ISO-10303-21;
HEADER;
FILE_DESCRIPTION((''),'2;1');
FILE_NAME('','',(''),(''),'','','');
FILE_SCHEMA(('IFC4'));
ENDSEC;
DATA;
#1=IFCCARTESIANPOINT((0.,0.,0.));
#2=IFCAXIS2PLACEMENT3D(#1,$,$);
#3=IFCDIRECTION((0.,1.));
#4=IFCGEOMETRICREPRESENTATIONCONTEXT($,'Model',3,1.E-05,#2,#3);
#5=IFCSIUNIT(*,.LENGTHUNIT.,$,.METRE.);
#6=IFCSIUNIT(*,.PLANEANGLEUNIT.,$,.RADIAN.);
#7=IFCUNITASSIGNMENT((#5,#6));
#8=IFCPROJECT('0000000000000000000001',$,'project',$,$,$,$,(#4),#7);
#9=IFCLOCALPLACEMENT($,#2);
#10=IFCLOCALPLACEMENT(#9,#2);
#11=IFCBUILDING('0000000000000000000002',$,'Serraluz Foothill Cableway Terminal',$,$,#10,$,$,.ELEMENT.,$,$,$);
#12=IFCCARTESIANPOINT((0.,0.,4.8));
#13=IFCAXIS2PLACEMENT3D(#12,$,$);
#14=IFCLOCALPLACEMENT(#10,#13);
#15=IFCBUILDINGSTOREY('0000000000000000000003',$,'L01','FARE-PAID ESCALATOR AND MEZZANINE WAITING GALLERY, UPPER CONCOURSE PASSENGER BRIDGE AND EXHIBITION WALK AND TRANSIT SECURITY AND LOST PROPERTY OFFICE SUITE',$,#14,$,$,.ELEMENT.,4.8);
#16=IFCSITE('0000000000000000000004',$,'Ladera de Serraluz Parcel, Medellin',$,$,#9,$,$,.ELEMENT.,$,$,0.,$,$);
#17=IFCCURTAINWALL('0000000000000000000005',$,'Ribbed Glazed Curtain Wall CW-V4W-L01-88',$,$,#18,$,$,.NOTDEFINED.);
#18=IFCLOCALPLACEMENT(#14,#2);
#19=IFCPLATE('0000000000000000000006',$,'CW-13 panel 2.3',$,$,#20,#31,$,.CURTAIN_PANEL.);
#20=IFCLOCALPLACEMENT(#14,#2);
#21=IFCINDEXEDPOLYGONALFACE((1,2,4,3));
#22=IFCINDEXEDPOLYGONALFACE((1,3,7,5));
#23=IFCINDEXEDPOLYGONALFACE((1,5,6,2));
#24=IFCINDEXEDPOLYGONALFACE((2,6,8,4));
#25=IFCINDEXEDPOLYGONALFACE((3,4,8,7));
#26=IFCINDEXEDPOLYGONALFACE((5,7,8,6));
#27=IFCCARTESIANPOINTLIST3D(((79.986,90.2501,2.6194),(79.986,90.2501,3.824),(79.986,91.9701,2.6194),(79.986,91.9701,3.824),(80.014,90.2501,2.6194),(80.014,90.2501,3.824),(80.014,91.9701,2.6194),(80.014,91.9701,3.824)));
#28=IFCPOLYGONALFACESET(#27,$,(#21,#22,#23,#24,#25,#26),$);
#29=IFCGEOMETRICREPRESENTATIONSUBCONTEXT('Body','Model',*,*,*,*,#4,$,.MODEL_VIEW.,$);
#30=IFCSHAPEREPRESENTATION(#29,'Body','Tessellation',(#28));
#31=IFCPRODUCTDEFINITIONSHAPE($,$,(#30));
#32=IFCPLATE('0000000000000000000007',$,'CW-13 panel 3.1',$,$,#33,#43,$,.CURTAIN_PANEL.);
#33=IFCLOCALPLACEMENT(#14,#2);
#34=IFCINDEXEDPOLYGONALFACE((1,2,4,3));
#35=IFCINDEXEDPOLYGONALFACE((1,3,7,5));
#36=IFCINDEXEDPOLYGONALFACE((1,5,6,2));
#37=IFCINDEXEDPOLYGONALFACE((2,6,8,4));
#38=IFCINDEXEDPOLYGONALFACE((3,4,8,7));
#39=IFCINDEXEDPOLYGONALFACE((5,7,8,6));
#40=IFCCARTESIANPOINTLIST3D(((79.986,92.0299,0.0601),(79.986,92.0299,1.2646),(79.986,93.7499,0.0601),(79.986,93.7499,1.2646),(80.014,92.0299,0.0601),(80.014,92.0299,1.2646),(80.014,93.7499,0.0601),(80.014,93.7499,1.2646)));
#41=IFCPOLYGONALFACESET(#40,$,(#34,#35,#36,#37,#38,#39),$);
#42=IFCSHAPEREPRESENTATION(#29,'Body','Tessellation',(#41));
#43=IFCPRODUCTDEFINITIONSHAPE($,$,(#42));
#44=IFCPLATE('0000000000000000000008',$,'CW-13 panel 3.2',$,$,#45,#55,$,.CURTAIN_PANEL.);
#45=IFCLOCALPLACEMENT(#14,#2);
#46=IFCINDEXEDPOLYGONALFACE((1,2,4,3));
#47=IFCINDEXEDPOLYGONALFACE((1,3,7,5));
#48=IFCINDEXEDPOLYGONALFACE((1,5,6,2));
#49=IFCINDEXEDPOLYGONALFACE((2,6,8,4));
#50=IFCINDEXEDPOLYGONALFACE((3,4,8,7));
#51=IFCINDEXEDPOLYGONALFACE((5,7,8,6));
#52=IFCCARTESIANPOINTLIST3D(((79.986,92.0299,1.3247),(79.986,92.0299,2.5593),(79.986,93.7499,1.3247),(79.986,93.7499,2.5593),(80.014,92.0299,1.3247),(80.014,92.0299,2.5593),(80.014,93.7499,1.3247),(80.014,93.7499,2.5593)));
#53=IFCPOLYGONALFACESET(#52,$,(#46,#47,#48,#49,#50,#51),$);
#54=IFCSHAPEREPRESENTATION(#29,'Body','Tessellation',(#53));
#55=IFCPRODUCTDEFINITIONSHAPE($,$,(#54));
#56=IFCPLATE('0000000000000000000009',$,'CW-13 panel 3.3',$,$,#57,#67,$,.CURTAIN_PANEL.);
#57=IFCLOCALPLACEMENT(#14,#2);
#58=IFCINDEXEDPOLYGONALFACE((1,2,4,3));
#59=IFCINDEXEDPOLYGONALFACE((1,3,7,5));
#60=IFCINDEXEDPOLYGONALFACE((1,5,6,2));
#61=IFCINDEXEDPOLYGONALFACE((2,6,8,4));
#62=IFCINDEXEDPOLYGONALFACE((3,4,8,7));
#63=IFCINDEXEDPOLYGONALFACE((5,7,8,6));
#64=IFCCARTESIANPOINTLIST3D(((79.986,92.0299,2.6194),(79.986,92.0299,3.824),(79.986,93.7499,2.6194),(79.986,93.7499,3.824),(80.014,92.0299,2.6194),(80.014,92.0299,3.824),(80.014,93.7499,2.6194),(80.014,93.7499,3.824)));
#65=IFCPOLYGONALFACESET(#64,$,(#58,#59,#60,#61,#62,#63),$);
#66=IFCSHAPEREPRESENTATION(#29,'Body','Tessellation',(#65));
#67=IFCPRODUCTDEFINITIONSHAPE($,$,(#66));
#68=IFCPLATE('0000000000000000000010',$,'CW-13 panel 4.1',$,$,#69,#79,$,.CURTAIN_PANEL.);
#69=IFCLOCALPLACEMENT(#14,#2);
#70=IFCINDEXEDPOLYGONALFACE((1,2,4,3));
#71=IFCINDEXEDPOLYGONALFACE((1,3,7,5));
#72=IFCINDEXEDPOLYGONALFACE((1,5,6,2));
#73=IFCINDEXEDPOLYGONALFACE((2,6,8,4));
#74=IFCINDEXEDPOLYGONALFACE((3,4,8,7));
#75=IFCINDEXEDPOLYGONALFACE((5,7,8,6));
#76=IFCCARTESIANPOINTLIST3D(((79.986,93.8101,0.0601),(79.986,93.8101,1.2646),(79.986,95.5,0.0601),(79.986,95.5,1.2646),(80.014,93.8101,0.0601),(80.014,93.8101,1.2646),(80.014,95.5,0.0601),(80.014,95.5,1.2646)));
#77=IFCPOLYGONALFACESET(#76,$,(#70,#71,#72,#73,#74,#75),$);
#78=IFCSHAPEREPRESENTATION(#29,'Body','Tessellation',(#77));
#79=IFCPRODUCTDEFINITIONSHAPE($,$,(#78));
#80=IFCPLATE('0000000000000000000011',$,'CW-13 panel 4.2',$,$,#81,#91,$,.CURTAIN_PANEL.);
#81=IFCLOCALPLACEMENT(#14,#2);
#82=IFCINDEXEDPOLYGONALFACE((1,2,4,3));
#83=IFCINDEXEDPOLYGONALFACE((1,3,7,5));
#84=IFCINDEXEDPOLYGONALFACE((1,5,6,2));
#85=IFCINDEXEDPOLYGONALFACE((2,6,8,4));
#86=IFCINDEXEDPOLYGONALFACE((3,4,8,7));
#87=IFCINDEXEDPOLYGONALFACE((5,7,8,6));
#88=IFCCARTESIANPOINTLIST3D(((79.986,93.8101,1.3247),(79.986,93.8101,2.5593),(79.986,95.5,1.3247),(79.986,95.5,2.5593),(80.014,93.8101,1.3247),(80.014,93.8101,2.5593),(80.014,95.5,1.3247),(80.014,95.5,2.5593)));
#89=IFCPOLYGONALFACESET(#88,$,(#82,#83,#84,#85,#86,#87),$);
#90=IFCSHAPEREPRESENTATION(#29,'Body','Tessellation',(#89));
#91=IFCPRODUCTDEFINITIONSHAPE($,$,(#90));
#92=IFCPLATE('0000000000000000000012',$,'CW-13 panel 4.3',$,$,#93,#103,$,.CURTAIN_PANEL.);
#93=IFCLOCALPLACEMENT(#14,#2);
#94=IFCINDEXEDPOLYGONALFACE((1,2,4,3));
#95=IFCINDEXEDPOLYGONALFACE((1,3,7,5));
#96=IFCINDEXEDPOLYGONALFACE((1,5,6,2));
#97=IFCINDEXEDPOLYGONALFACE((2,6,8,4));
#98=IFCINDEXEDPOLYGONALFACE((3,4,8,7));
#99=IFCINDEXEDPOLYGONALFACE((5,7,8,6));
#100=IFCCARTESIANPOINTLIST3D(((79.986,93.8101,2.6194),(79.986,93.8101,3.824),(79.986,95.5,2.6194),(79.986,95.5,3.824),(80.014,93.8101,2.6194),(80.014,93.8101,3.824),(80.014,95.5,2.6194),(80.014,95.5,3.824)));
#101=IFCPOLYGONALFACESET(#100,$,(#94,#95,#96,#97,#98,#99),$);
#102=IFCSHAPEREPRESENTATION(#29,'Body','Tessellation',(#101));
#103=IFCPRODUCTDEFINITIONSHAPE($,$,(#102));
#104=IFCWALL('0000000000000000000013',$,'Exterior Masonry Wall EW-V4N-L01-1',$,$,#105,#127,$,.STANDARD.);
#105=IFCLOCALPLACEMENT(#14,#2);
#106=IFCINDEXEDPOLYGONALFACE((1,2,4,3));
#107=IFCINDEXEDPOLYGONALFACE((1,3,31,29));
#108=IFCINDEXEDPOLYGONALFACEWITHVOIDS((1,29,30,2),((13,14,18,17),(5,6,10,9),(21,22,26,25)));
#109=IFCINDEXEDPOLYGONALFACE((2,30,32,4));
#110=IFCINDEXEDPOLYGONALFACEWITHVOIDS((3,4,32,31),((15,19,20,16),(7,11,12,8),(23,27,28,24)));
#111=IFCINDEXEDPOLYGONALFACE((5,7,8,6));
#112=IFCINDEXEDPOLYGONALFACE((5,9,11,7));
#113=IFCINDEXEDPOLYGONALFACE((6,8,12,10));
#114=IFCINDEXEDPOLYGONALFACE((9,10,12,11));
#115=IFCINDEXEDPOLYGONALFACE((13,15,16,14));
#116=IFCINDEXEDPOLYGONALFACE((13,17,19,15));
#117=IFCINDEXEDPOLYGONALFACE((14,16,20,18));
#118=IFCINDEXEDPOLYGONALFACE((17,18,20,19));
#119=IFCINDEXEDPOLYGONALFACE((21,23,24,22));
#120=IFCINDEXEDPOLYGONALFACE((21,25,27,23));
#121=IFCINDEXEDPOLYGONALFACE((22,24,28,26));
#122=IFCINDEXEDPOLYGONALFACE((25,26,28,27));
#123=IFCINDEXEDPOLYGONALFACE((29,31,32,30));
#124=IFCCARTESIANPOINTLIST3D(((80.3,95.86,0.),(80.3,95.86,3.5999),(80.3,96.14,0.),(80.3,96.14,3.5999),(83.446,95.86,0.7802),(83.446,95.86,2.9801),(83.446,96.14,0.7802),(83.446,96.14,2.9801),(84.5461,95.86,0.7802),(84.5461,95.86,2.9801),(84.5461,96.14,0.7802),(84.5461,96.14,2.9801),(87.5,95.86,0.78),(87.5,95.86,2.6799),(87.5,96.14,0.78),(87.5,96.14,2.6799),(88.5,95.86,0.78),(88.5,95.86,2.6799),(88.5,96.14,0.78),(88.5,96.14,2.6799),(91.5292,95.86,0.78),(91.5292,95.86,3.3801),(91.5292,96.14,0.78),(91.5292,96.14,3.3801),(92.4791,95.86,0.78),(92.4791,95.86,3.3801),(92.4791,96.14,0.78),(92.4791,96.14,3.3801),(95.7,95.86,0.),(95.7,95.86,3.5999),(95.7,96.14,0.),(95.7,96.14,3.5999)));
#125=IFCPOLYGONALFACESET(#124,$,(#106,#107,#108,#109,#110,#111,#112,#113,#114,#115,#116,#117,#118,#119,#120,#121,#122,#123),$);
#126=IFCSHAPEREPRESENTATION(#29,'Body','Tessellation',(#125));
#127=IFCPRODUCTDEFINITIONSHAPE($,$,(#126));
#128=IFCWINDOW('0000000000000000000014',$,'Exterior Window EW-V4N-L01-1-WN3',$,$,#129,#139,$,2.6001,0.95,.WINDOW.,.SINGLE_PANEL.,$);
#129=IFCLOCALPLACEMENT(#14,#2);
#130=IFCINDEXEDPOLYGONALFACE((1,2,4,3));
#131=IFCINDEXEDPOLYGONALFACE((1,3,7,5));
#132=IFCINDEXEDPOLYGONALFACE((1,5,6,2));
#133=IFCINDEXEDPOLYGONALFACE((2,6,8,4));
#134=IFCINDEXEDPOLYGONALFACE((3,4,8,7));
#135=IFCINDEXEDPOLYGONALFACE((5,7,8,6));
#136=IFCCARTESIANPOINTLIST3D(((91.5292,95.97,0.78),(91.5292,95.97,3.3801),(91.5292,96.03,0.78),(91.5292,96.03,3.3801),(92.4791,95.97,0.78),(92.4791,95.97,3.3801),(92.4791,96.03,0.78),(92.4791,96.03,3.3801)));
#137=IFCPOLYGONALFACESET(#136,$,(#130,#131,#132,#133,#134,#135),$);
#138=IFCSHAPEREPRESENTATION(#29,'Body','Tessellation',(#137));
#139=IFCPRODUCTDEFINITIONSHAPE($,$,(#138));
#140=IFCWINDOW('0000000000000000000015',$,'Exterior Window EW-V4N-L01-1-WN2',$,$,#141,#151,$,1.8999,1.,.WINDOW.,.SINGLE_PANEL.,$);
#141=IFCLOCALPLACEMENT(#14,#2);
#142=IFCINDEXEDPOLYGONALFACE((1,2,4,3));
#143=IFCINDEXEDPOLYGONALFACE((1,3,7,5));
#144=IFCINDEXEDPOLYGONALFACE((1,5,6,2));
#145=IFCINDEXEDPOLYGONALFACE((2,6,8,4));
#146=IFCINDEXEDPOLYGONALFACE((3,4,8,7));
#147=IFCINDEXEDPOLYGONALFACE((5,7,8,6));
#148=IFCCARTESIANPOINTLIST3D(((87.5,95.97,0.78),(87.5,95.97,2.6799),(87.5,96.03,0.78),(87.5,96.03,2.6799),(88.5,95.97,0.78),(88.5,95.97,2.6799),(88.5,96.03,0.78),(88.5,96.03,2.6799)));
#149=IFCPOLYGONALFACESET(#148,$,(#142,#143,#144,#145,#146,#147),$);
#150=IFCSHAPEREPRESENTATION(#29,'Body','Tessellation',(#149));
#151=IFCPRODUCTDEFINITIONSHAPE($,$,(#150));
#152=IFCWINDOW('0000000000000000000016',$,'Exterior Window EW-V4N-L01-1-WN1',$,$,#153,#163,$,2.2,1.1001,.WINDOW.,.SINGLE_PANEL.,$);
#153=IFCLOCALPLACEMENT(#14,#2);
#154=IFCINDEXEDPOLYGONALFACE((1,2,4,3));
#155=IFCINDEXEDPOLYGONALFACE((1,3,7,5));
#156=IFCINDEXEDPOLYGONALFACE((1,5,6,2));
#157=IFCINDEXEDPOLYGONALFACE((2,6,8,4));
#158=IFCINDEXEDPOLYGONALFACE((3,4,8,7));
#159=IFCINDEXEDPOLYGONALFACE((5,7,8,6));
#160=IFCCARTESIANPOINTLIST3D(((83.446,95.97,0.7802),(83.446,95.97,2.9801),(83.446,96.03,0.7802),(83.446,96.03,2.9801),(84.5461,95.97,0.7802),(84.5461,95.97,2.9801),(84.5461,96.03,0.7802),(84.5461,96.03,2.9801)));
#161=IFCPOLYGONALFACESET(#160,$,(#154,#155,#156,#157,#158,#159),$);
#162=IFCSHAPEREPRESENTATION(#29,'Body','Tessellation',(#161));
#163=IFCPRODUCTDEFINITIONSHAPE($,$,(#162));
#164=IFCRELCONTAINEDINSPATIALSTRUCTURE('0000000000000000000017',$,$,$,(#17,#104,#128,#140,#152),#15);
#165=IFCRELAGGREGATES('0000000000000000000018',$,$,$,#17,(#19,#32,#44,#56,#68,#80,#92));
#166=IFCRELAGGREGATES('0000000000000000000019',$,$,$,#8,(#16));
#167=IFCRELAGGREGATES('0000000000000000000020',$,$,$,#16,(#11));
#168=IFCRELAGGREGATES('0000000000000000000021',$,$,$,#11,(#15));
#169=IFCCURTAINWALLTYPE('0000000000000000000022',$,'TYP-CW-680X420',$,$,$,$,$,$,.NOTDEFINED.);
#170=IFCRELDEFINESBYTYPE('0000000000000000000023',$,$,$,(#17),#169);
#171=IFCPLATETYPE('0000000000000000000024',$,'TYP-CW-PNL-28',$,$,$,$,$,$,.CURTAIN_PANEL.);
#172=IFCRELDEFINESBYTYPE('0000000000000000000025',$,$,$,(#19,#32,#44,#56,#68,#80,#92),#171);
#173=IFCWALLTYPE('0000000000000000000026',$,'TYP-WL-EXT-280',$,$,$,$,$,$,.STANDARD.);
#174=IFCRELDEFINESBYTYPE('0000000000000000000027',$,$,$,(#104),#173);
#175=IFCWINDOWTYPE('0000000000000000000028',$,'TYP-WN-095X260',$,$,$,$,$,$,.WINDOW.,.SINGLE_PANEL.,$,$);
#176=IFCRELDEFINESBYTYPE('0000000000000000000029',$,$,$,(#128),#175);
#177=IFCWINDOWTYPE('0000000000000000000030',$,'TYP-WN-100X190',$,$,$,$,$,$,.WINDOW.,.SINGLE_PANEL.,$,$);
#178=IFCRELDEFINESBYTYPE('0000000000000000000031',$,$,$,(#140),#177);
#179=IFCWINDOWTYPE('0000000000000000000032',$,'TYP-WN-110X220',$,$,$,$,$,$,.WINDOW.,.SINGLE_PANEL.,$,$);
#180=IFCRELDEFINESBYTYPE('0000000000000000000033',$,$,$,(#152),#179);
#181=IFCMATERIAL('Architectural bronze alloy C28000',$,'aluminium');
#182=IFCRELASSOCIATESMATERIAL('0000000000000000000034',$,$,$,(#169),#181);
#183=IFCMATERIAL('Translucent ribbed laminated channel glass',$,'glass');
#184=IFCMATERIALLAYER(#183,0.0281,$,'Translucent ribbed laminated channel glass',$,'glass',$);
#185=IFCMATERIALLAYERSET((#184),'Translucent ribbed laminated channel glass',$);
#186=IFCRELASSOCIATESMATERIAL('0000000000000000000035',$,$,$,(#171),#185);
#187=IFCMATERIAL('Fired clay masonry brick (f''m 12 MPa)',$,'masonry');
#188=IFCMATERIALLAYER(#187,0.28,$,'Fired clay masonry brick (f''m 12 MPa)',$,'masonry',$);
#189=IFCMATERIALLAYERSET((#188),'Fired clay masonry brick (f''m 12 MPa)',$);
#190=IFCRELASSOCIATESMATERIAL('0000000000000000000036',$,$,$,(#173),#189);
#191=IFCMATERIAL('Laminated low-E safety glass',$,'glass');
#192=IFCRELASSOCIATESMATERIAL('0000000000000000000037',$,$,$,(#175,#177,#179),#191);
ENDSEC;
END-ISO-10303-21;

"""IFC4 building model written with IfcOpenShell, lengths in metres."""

from ifc_helpers import new_model, si_unit, direction, frame, frame_2d, origin, origin_2d, place, context, subcontext, project, spatial, rectangle, extrude, material, layer, layer_set, type_object, element, fill, aggregate, save


model = new_model("IFC4")

# Units and contexts
model_context = context("Model", 3, precision=1e-05, world=origin(), true_north=direction((0.0, 1.0)))
body_context = subcontext(model_context, "Body", "Model", "MODEL_VIEW")
ifc_project = project(units=[si_unit("LENGTHUNIT", "METRE"), si_unit("PLANEANGLEUNIT", "RADIAN")], contexts=[model_context])

# Site, building, storey
site_placement = place(None, origin())
site = spatial("IfcSite", under=ifc_project, at=site_placement, Name="Ladera de Serraluz Parcel, Medellin", CompositionType="ELEMENT", RefElevation=0.0)
building_placement = place(site_placement, origin())
building = spatial("IfcBuilding", under=site, at=building_placement, Name="Serraluz Foothill Cableway Terminal", CompositionType="ELEMENT")
storey_placement = place(building_placement, frame((0.0, 0.0, 4.8)))
storey = spatial("IfcBuildingStorey", under=building, at=storey_placement, Name="L01", Description="FARE-PAID ESCALATOR AND MEZZANINE WAITING GALLERY, UPPER CONCOURSE PASSENGER BRIDGE AND EXHIBITION WALK AND TRANSIT SECURITY AND LOST PROPERTY OFFICE SUITE", CompositionType="ELEMENT", Elevation=4.8)

# Curtain wall
ifc_material_1 = material(Name="Architectural bronze alloy C28000", Category="aluminium")
curtain_wall_type = type_object("IfcCurtainWallType", Name="TYP-CW-680X420", PredefinedType="NOTDEFINED", material=ifc_material_1)
curtain_wall_placement = place(storey_placement, origin())
curtain_wall = element("IfcCurtainWall", 1, at=curtain_wall_placement, inside=storey, type_object=curtain_wall_type, Name="Ribbed Glazed Curtain Wall CW-V4W-L01-88", PredefinedType="NOTDEFINED")

# Plates
ifc_material_2 = material(Name="Translucent ribbed laminated channel glass", Category="glass")
ifc_layer_1 = layer(ifc_material_2, 0.0281, Name="Translucent ribbed laminated channel glass", Category="glass")
ifc_layer_set_1 = layer_set([ifc_layer_1], Name="Translucent ribbed laminated channel glass")
plate_type = type_object("IfcPlateType", Name="TYP-CW-PNL-28", PredefinedType="CURTAIN_PANEL", material=ifc_layer_set_1)
plate_1_placement = place(storey_placement, frame((80.0, 91.1101, 2.6194), z_axis=(0.0, 0.0, 1.0), x_axis=(0.0, 1.0, 0.0)))
plate_1 = element("IfcPlate", 2, at=plate_1_placement, type_object=plate_type, Name="CW-13 panel 2.3", PredefinedType="CURTAIN_PANEL", context=body_context, shape_type="SweptSolid", body=[
    extrude(rectangle(XDim=1.72, YDim=0.0281, at=origin_2d()), origin(), (0.0, 0.0, 1.0), 1.2046),
])
plate_2_placement = place(storey_placement, frame((80.0, 92.8899, 0.0601), z_axis=(0.0, 0.0, 1.0), x_axis=(0.0, 1.0, 0.0)))
plate_2 = element("IfcPlate", 3, at=plate_2_placement, type_object=plate_type, Name="CW-13 panel 3.1", PredefinedType="CURTAIN_PANEL", context=body_context, shape_type="SweptSolid", body=[
    extrude(rectangle(XDim=1.72, YDim=0.0281, at=origin_2d()), origin(), (0.0, 0.0, 1.0), 1.2046),
])
plate_3_placement = place(storey_placement, frame((80.0, 92.8899, 1.3247), z_axis=(0.0, 0.0, 1.0), x_axis=(0.0, 1.0, 0.0)))
plate_3 = element("IfcPlate", 4, at=plate_3_placement, type_object=plate_type, Name="CW-13 panel 3.2", PredefinedType="CURTAIN_PANEL", context=body_context, shape_type="SweptSolid", body=[
    extrude(rectangle(XDim=1.72, YDim=0.0281, at=origin_2d()), origin(), (0.0, 0.0, 1.0), 1.2346),
])
plate_4_placement = place(storey_placement, frame((80.0, 92.8899, 2.6194), z_axis=(0.0, 0.0, 1.0), x_axis=(0.0, 1.0, 0.0)))
plate_4 = element("IfcPlate", 5, at=plate_4_placement, type_object=plate_type, Name="CW-13 panel 3.3", PredefinedType="CURTAIN_PANEL", context=body_context, shape_type="SweptSolid", body=[
    extrude(rectangle(XDim=1.72, YDim=0.0281, at=origin_2d()), origin(), (0.0, 0.0, 1.0), 1.2046),
])
plate_5_placement = place(storey_placement, frame((80.0, 94.655, 0.0601), z_axis=(0.0, 0.0, 1.0), x_axis=(0.0, 1.0, 0.0)))
plate_5 = element("IfcPlate", 6, at=plate_5_placement, type_object=plate_type, Name="CW-13 panel 4.1", PredefinedType="CURTAIN_PANEL", context=body_context, shape_type="SweptSolid", body=[
    extrude(rectangle(XDim=1.6899, YDim=0.0281, at=origin_2d()), origin(), (0.0, 0.0, 1.0), 1.2046),
])
plate_6_placement = place(storey_placement, frame((80.0, 94.655, 1.3247), z_axis=(0.0, 0.0, 1.0), x_axis=(0.0, 1.0, 0.0)))
plate_6 = element("IfcPlate", 7, at=plate_6_placement, type_object=plate_type, Name="CW-13 panel 4.2", PredefinedType="CURTAIN_PANEL", context=body_context, shape_type="SweptSolid", body=[
    extrude(rectangle(XDim=1.6899, YDim=0.0281, at=origin_2d()), origin(), (0.0, 0.0, 1.0), 1.2346),
])
plate_7_placement = place(storey_placement, frame((80.0, 94.655, 2.6194), z_axis=(0.0, 0.0, 1.0), x_axis=(0.0, 1.0, 0.0)))
plate_7 = element("IfcPlate", 8, at=plate_7_placement, type_object=plate_type, Name="CW-13 panel 4.3", PredefinedType="CURTAIN_PANEL", context=body_context, shape_type="SweptSolid", body=[
    extrude(rectangle(XDim=1.6899, YDim=0.0281, at=origin_2d()), origin(), (0.0, 0.0, 1.0), 1.2046),
])
aggregate(curtain_wall, [plate_1, plate_2, plate_3, plate_4, plate_5, plate_6, plate_7])

# Wall, openings, windows
ifc_material_3 = material(Name="Fired clay masonry brick (f'm 12 MPa)", Category="masonry")
ifc_layer_2 = layer(ifc_material_3, 0.28, Name="Fired clay masonry brick (f'm 12 MPa)", Category="masonry")
ifc_layer_set_2 = layer_set([ifc_layer_2], Name="Fired clay masonry brick (f'm 12 MPa)")
wall_type_1 = type_object("IfcWallType", Name="TYP-WL-EXT-280", PredefinedType="STANDARD", material=ifc_layer_set_2)
wall_1_placement = place(storey_placement, frame((80.3, 96.0, 0.0), z_axis=(0.0, 0.0, 1.0), x_axis=(1.0, 0.0, 0.0)))
wall_1 = element("IfcWall", 9, at=wall_1_placement, inside=storey, type_object=wall_type_1, Name="Exterior Masonry Wall EW-V4N-L01-1", PredefinedType="STANDARD", context=body_context, shape_type="SweptSolid", body=[
    extrude(rectangle(XDim=15.3999, YDim=0.28, at=frame_2d((7.7, 0.0))), origin(), (0.0, 0.0, 1.0), 3.5999),
])
opening_1_placement = place(wall_1_placement, frame((3.146, 0.0, 0.78)))
opening_1 = element("IfcOpeningElement", 10, at=opening_1_placement, cuts=wall_1, PredefinedType="OPENING", context=body_context, shape_type="SweptSolid", body=[
    extrude(rectangle(XDim=1.1001, YDim=2.2, at=frame_2d((0.55, 1.1001))), frame((0.0, 0.1499, 0.0), z_axis=(0.0, -1.0, 0.0), x_axis=(1.0, 0.0, 0.0)), (0.0, 0.0, 1.0), 0.3),
])
opening_2_placement = place(wall_1_placement, frame((7.2, 0.0, 0.78)))
opening_2 = element("IfcOpeningElement", 11, at=opening_2_placement, cuts=wall_1, PredefinedType="OPENING", context=body_context, shape_type="SweptSolid", body=[
    extrude(rectangle(XDim=1.0, YDim=1.8999, at=frame_2d((0.5, 0.95))), frame((0.0, 0.1499, 0.0), z_axis=(0.0, -1.0, 0.0), x_axis=(1.0, 0.0, 0.0)), (0.0, 0.0, 1.0), 0.3),
])
opening_3_placement = place(wall_1_placement, frame((11.229, 0.0, 0.78)))
opening_3 = element("IfcOpeningElement", 12, at=opening_3_placement, cuts=wall_1, PredefinedType="OPENING", context=body_context, shape_type="SweptSolid", body=[
    extrude(rectangle(XDim=0.95, YDim=2.6001, at=frame_2d((0.4751, 1.3))), frame((0.0, 0.1499, 0.0), z_axis=(0.0, -1.0, 0.0), x_axis=(1.0, 0.0, 0.0)), (0.0, 0.0, 1.0), 0.3),
])
ifc_material_4 = material(Name="Laminated low-E safety glass", Category="glass")
window_type_1 = type_object("IfcWindowType", Name="TYP-WN-095X260", PartitioningType="SINGLE_PANEL", PredefinedType="WINDOW", material=ifc_material_4)
window_1_placement = place(opening_3_placement, origin())
window_1 = element("IfcWindow", 13, at=window_1_placement, inside=storey, type_object=window_type_1, Name="Exterior Window EW-V4N-L01-1-WN3", OverallHeight=2.6001, OverallWidth=0.95, PartitioningType="SINGLE_PANEL", PredefinedType="WINDOW", context=body_context, shape_type="SweptSolid", body=[
    extrude(rectangle(XDim=0.95, YDim=2.6001, at=frame_2d((0.4751, 1.3))), frame((0.0, 0.03, 0.0), z_axis=(0.0, -1.0, 0.0), x_axis=(1.0, 0.0, 0.0)), (0.0, 0.0, 1.0), 0.0601),
])
fill(opening_3, window_1)
window_type_2 = type_object("IfcWindowType", Name="TYP-WN-100X190", PartitioningType="SINGLE_PANEL", PredefinedType="WINDOW", material=ifc_material_4)
window_2_placement = place(opening_2_placement, origin())
window_2 = element("IfcWindow", 14, at=window_2_placement, inside=storey, type_object=window_type_2, Name="Exterior Window EW-V4N-L01-1-WN2", OverallHeight=1.8999, OverallWidth=1.0, PartitioningType="SINGLE_PANEL", PredefinedType="WINDOW", context=body_context, shape_type="SweptSolid", body=[
    extrude(rectangle(XDim=1.0, YDim=1.8999, at=frame_2d((0.5, 0.95))), frame((0.0, 0.03, 0.0), z_axis=(0.0, -1.0, 0.0), x_axis=(1.0, 0.0, 0.0)), (0.0, 0.0, 1.0), 0.0601),
])
fill(opening_2, window_2)
window_type_3 = type_object("IfcWindowType", Name="TYP-WN-110X220", PartitioningType="SINGLE_PANEL", PredefinedType="WINDOW", material=ifc_material_4)
window_3_placement = place(opening_1_placement, origin())
window_3 = element("IfcWindow", 15, at=window_3_placement, inside=storey, type_object=window_type_3, Name="Exterior Window EW-V4N-L01-1-WN1", OverallHeight=2.2, OverallWidth=1.1001, PartitioningType="SINGLE_PANEL", PredefinedType="WINDOW", context=body_context, shape_type="SweptSolid", body=[
    extrude(rectangle(XDim=1.1001, YDim=2.2, at=frame_2d((0.55, 1.1001))), frame((0.0, 0.03, 0.0), z_axis=(0.0, -1.0, 0.0), x_axis=(1.0, 0.0, 0.0)), (0.0, 0.0, 1.0), 0.0601),
])
fill(opening_1, window_3)

save(model, "model.ifc")
